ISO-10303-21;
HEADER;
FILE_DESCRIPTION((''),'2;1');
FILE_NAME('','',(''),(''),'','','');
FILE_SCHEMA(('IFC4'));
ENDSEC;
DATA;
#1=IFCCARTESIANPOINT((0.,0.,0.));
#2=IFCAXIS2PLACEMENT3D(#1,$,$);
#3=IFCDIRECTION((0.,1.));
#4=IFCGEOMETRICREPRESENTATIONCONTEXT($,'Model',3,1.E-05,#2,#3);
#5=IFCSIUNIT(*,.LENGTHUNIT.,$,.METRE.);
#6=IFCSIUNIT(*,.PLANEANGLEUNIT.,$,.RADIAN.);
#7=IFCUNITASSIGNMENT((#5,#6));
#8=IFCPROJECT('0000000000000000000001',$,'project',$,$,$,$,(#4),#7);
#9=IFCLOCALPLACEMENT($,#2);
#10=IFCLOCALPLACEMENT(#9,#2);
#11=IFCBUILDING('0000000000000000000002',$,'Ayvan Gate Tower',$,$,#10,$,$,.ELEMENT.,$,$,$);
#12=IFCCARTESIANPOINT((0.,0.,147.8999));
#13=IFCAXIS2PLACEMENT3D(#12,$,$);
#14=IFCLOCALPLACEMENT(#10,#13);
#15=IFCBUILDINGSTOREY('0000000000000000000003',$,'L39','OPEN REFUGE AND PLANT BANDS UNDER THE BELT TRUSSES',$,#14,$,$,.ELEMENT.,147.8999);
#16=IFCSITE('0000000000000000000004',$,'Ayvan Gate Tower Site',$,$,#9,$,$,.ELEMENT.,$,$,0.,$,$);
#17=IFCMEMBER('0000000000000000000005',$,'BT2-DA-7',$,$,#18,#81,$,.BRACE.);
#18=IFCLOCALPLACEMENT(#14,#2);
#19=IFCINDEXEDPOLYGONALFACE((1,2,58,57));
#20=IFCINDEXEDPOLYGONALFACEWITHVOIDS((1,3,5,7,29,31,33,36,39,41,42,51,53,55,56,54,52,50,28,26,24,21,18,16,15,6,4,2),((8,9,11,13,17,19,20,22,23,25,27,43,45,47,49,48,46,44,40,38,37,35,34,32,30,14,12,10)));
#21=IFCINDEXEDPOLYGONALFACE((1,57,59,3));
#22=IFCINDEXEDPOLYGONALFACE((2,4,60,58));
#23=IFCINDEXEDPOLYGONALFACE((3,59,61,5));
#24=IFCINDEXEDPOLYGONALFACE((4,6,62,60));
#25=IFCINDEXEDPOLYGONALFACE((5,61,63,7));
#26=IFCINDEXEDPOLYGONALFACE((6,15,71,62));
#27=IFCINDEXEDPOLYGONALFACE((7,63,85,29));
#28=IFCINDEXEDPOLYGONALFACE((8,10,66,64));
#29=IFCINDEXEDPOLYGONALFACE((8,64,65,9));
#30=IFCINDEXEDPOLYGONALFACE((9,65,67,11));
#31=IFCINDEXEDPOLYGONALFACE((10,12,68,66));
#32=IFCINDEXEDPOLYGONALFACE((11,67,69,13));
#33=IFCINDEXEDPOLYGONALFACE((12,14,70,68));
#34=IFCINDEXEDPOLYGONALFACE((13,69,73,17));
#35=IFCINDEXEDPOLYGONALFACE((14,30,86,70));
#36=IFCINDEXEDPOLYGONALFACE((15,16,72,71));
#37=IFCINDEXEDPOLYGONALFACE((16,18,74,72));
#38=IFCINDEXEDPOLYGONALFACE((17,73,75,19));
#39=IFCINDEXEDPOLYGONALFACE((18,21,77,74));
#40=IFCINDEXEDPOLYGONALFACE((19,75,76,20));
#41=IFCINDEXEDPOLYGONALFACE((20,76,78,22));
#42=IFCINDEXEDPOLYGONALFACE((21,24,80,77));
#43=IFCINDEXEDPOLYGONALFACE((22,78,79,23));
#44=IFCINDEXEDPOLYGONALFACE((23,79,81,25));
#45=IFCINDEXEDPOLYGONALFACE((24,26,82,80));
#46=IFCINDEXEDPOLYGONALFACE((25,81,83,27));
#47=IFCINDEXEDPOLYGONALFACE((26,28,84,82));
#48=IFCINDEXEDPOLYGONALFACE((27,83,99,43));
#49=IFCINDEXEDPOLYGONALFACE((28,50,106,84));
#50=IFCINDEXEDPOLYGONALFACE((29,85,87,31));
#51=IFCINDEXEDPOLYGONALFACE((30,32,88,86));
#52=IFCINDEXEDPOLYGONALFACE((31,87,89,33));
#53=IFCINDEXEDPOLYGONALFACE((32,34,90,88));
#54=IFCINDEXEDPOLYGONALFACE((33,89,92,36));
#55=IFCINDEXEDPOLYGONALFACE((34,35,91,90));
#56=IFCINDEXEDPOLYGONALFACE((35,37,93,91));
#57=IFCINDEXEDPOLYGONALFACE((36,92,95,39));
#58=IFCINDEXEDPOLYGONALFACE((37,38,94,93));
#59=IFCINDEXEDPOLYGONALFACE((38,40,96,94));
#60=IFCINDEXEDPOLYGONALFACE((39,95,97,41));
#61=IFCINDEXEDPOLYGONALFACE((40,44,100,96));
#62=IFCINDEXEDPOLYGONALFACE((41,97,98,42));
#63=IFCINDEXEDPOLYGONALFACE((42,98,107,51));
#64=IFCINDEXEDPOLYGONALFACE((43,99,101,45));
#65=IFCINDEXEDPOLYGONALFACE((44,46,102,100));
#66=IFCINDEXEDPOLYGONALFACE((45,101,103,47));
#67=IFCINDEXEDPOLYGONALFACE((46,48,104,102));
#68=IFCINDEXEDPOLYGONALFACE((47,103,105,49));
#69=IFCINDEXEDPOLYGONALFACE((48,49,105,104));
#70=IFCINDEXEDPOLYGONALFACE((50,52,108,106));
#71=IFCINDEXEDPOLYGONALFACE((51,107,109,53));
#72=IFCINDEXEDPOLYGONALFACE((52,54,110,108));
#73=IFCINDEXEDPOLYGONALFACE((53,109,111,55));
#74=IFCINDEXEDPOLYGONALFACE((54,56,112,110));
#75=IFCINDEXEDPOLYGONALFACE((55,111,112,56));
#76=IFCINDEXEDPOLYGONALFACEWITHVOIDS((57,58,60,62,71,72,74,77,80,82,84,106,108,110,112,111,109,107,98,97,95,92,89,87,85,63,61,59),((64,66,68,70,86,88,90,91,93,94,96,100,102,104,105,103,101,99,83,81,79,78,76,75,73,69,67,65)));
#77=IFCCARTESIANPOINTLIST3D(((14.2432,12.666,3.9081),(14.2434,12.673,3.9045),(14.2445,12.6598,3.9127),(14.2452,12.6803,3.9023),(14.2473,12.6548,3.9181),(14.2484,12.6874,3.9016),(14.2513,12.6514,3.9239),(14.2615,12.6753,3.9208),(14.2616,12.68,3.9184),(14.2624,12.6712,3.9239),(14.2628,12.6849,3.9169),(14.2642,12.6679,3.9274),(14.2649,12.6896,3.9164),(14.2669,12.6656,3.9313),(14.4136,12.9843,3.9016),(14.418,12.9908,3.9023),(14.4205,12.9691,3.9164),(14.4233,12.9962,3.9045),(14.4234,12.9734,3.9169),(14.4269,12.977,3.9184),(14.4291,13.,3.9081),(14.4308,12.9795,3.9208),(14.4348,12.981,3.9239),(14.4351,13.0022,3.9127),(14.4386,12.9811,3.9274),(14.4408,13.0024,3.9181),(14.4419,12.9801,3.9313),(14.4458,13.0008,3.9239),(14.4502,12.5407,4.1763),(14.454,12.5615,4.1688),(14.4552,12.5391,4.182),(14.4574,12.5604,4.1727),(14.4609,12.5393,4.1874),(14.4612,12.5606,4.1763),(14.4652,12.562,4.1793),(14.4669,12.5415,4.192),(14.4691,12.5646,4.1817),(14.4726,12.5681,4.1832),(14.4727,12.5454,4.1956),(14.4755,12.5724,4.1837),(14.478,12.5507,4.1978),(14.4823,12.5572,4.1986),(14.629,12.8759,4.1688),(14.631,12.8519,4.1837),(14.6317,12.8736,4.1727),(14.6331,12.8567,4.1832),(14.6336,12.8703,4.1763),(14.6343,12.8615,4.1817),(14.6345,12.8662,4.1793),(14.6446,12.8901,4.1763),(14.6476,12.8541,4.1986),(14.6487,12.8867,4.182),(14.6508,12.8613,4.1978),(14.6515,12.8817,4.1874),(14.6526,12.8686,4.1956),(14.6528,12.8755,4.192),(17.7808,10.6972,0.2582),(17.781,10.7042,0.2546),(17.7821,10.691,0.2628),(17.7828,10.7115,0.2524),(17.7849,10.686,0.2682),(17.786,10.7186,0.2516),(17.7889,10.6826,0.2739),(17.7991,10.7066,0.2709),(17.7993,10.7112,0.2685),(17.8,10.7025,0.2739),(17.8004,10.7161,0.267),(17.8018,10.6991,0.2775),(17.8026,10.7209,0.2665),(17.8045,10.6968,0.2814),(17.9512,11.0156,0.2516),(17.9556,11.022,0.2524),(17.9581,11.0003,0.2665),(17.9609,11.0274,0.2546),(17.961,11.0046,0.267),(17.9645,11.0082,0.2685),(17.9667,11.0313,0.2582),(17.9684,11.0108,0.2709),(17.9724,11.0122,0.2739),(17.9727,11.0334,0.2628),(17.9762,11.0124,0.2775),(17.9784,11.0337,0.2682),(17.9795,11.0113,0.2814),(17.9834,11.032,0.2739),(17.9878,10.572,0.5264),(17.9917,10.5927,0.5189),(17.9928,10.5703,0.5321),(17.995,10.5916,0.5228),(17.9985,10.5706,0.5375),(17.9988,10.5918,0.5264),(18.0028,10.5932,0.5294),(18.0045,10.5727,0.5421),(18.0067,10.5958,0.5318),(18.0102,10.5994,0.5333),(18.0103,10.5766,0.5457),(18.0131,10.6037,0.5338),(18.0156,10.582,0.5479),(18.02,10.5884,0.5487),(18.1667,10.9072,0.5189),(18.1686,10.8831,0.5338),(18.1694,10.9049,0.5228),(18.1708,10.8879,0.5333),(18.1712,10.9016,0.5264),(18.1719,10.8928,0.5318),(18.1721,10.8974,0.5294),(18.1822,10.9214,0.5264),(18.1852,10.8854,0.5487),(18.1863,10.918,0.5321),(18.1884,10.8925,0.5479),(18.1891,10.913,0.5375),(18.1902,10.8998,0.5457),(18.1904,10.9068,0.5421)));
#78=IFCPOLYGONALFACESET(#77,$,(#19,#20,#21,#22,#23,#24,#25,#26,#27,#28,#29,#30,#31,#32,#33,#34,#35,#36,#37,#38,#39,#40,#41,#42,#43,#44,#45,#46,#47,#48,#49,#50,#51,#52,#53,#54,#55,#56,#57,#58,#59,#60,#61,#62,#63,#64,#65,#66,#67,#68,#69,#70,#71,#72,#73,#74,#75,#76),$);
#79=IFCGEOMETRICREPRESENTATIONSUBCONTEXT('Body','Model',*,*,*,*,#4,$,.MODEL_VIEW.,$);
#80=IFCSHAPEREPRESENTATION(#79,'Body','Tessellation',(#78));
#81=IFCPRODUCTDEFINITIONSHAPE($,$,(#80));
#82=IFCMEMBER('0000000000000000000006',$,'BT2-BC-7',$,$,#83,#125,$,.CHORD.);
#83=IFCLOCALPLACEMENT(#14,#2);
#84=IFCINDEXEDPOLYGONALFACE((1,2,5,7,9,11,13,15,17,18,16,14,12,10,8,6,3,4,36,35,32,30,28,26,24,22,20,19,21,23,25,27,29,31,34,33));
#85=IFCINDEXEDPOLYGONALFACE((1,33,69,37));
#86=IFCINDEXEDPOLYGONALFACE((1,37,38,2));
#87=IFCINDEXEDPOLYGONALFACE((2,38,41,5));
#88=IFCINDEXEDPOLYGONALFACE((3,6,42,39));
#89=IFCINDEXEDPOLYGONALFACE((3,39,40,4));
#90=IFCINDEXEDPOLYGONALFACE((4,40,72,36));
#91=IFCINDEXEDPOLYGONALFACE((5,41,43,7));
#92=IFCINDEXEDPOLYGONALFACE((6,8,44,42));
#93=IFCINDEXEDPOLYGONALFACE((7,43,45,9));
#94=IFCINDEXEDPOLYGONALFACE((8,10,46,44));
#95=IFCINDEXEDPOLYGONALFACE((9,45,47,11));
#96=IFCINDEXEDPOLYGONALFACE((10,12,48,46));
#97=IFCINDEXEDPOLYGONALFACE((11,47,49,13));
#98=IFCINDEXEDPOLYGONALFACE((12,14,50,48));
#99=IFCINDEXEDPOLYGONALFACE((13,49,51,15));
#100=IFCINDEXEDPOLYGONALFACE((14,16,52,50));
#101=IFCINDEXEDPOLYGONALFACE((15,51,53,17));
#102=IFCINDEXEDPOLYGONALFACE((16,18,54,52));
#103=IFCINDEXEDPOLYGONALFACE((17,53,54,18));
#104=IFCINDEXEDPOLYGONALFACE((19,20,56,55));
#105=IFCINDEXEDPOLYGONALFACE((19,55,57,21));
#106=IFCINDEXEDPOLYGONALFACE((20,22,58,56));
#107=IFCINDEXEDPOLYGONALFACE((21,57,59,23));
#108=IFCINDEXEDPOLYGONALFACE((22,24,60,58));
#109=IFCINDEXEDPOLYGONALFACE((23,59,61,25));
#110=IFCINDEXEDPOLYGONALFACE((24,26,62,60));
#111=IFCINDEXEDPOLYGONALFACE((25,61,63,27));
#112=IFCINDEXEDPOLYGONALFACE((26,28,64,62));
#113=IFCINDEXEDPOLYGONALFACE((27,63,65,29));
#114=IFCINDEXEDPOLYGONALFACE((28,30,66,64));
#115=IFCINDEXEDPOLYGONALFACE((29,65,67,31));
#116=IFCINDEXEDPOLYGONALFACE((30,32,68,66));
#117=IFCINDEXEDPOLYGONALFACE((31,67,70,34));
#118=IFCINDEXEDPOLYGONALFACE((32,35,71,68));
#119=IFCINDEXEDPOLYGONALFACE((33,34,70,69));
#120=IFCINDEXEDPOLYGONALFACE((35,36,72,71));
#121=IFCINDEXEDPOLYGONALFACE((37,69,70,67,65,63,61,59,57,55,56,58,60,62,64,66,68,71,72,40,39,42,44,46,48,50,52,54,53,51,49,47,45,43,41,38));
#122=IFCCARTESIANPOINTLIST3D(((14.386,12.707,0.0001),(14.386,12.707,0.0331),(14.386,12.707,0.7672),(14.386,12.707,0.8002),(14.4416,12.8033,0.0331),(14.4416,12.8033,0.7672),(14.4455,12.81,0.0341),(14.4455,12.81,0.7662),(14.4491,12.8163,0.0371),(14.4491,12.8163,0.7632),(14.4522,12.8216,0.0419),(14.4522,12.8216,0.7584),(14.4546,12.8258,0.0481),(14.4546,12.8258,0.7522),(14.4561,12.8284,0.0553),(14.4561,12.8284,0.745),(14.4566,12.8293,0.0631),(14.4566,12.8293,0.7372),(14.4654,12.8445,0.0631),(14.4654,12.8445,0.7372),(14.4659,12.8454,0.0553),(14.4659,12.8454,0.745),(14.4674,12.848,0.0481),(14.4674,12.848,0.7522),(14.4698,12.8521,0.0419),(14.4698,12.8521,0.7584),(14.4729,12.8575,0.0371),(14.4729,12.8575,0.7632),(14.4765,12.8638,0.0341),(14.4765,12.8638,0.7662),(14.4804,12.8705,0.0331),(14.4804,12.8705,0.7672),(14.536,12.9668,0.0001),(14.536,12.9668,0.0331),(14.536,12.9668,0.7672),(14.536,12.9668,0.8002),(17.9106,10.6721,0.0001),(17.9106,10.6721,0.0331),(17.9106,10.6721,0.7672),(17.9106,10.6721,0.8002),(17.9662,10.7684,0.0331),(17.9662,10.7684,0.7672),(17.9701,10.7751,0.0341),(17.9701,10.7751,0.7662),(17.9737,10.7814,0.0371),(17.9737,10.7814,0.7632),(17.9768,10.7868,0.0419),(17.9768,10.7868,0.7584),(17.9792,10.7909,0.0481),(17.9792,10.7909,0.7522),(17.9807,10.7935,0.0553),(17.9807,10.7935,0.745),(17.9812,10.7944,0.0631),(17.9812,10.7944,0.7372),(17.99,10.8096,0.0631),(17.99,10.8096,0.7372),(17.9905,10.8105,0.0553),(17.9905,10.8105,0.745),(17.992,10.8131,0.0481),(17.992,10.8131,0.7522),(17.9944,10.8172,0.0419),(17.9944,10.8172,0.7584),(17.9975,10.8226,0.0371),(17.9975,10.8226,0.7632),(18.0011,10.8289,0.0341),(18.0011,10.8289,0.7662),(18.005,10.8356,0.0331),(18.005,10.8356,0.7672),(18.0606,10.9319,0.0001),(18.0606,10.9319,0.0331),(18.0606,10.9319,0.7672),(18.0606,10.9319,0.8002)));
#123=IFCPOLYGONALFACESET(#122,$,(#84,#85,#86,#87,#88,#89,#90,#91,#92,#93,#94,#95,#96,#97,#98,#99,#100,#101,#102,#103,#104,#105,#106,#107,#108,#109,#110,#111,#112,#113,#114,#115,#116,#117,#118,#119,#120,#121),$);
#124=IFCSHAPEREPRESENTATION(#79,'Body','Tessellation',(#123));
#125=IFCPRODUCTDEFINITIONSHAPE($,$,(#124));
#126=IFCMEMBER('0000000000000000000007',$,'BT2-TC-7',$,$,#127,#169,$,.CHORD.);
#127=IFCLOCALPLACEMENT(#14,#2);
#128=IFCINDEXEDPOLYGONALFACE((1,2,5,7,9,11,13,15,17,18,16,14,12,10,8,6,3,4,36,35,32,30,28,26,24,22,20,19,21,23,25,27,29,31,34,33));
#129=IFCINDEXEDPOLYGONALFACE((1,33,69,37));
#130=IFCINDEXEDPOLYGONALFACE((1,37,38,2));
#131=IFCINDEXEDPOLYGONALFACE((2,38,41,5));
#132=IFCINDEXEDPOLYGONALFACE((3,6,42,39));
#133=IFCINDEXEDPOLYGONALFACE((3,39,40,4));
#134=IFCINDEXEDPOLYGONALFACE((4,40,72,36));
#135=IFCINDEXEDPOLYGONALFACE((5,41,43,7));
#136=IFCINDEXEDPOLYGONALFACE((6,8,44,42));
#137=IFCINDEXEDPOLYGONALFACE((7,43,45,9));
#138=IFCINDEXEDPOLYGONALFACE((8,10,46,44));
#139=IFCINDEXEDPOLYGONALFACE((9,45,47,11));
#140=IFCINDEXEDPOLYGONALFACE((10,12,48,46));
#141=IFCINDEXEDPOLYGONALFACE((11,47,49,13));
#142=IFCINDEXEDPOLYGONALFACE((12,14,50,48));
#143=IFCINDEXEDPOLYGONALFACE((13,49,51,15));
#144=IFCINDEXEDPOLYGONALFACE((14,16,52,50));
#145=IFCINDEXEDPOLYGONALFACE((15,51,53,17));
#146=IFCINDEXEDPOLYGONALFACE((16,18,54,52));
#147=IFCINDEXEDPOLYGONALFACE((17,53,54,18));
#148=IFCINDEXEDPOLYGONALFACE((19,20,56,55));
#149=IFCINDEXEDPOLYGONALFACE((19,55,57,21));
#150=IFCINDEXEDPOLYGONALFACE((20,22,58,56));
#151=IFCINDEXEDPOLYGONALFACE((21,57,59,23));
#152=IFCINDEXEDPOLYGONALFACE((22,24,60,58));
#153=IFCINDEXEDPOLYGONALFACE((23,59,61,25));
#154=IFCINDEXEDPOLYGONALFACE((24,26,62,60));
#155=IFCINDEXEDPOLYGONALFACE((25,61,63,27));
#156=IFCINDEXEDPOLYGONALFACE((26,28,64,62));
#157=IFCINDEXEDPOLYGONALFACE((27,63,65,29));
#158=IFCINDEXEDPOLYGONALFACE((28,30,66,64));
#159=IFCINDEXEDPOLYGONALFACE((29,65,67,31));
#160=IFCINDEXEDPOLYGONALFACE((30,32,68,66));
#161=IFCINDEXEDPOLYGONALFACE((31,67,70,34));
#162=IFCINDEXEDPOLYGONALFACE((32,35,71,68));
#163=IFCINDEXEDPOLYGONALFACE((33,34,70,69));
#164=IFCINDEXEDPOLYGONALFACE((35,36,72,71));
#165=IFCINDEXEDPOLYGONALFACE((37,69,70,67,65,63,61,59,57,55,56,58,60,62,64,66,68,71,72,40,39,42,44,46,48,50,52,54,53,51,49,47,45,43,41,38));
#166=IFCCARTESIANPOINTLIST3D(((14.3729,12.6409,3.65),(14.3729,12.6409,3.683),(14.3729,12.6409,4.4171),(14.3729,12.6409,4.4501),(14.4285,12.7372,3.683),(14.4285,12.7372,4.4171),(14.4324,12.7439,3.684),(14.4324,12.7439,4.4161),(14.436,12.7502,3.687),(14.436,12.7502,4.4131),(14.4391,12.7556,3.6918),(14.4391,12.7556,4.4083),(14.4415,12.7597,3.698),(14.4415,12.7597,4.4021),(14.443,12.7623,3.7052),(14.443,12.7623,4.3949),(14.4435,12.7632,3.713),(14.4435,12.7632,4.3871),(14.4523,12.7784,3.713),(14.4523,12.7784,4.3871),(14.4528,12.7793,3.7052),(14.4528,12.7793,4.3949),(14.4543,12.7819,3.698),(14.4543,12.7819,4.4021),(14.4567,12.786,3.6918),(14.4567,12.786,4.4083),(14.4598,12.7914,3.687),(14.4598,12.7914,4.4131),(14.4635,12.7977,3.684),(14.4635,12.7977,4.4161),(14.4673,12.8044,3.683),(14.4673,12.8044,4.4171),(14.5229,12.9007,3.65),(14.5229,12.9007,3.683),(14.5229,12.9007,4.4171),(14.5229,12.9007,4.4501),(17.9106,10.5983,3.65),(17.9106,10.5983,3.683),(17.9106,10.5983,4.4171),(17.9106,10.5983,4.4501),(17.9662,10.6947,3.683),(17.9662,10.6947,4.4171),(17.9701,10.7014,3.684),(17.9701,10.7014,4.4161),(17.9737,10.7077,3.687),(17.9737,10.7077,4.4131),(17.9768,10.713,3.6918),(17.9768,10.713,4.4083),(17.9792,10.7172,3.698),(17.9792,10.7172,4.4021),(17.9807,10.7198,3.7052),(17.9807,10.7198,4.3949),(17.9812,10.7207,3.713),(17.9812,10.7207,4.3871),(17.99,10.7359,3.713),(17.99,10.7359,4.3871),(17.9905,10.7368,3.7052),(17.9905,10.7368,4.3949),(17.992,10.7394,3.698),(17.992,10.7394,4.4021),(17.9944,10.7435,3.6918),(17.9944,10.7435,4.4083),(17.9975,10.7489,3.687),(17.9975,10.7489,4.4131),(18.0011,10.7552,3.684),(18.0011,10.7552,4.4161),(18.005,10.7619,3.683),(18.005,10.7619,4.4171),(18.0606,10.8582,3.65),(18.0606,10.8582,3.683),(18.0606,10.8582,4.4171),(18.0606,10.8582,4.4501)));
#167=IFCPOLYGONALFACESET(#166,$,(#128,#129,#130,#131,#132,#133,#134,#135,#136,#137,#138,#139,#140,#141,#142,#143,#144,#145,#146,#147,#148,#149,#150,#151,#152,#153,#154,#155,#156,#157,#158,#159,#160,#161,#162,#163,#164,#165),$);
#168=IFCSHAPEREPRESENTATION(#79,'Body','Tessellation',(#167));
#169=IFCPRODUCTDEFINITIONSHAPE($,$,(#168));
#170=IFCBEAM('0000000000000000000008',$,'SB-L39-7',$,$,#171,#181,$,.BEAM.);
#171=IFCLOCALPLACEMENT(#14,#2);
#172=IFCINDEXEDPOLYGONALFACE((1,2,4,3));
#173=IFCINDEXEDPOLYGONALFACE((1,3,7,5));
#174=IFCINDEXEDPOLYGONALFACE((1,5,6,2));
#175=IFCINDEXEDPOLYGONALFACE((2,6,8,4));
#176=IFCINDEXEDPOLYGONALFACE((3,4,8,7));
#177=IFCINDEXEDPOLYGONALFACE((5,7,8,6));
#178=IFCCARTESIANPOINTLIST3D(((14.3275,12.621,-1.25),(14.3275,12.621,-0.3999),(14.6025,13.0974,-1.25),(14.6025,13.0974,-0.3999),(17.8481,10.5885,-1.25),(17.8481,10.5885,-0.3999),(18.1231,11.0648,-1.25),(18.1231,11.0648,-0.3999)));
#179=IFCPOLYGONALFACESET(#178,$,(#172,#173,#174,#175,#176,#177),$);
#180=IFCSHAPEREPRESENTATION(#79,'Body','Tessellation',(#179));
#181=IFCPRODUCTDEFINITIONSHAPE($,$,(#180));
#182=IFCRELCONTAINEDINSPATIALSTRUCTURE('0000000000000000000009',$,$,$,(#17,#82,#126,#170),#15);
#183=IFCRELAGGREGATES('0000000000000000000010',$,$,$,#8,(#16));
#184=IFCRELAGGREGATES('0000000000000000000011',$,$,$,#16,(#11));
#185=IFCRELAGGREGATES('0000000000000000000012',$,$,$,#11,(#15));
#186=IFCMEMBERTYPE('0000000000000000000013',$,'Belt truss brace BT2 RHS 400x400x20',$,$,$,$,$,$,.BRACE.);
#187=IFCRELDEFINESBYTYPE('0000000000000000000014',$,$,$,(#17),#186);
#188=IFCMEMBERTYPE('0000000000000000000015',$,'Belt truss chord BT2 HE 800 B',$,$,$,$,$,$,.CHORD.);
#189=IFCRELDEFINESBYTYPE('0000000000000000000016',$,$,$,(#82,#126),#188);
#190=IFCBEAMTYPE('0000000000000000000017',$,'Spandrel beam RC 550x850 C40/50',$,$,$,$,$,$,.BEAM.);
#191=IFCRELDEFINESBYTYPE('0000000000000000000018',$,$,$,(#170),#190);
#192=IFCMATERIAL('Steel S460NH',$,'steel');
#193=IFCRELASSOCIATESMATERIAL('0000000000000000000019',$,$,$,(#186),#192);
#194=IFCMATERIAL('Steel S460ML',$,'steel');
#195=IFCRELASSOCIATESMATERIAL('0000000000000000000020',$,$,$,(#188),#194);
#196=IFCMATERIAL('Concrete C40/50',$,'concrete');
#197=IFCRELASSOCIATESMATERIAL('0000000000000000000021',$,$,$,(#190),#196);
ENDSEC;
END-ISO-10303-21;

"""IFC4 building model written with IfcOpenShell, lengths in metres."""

from ifc_helpers import new_model, si_unit, direction, frame, origin, origin_2d, place, context, subcontext, project, spatial, rectangle, hollow_rectangle, i_section, extrude, material, material_profile, profile_set, type_object, element, save


model = new_model("IFC4")

# Units and contexts
model_context = context("Model", 3, precision=1e-05, world=origin(), true_north=direction((0.0, 1.0)))
body_context = subcontext(model_context, "Body", "Model", "MODEL_VIEW")
ifc_project = project(units=[si_unit("LENGTHUNIT", "METRE"), si_unit("PLANEANGLEUNIT", "RADIAN")], contexts=[model_context])

# Site, building, storey
site_placement = place(None, origin())
site = spatial("IfcSite", under=ifc_project, at=site_placement, Name="Ayvan Gate Tower Site", CompositionType="ELEMENT", RefElevation=0.0)
building_placement = place(site_placement, origin())
building = spatial("IfcBuilding", under=site, at=building_placement, Name="Ayvan Gate Tower", CompositionType="ELEMENT")
storey_placement = place(building_placement, frame((0.0, 0.0, 147.8999)))
storey = spatial("IfcBuildingStorey", under=building, at=storey_placement, Name="L39", Description="OPEN REFUGE AND PLANT BANDS UNDER THE BELT TRUSSES", CompositionType="ELEMENT", Elevation=147.8999)

# Members
ifc_material_1 = material(Name="Steel S460NH", Category="steel")
ifc_material_profile_1 = material_profile(ifc_material_1, hollow_rectangle(XDim=0.3999, YDim=0.3999, WallThickness=0.02, InnerFilletRadius=0.02, OuterFilletRadius=0.03, at=origin_2d()), Name="RHS 400x400x20")
ifc_profile_set_1 = profile_set([ifc_material_profile_1], Name="Steel S460NH")
member_type_1 = type_object("IfcMemberType", Name="Belt truss brace BT2 RHS 400x400x20", PredefinedType="BRACE", material=ifc_profile_set_1)
member_1_placement = place(storey_placement, frame((17.9856, 10.802, 0.4001), z_axis=(-0.648993, 0.361179, 0.669596), x_axis=(-0.486288, -0.873799, 0.0)))
element("IfcMember", 1, at=member_1_placement, inside=storey, type_object=member_type_1, Name="BT2-DA-7", PredefinedType="BRACE", context=body_context, shape_type="SweptSolid", body=[
    extrude(hollow_rectangle(XDim=0.3999, YDim=0.3999, WallThickness=0.02, InnerFilletRadius=0.02, OuterFilletRadius=0.03, at=origin_2d()), origin(), (0.0, 0.0, 1.0), 5.4509),
])
ifc_material_2 = material(Name="Steel S460ML", Category="steel")
ifc_material_profile_2 = material_profile(ifc_material_2, i_section(OverallWidth=0.3, OverallDepth=0.8, WebThickness=0.0176, FlangeThickness=0.033, FilletRadius=0.03, at=origin_2d()), Name="HE 800 B")
ifc_profile_set_2 = profile_set([ifc_material_profile_2], Name="Steel S460ML")
member_type_2 = type_object("IfcMemberType", Name="Belt truss chord BT2 HE 800 B", PredefinedType="CHORD", material=ifc_profile_set_2)
member_2_placement = place(storey_placement, frame((17.9856, 10.802, 0.4001), z_axis=(-0.866031, 0.499991, 0.0), x_axis=(-0.499991, -0.866031, 0.0)))
element("IfcMember", 2, at=member_2_placement, inside=storey, type_object=member_type_2, Name="BT2-BC-7", PredefinedType="CHORD", context=body_context, shape_type="SweptSolid", body=[
    extrude(i_section(OverallWidth=0.3, OverallDepth=0.8, WebThickness=0.0176, FlangeThickness=0.033, FilletRadius=0.03, at=origin_2d()), origin(), (0.0, 0.0, 1.0), 4.0698),
])
member_3_placement = place(storey_placement, frame((17.9856, 10.7283, 4.05), z_axis=(-0.86602, 0.500009, 0.0), x_axis=(-0.500009, -0.86602, 0.0)))
element("IfcMember", 3, at=member_3_placement, inside=storey, type_object=member_type_2, Name="BT2-TC-7", PredefinedType="CHORD", context=body_context, shape_type="SweptSolid", body=[
    extrude(i_section(OverallWidth=0.3, OverallDepth=0.8, WebThickness=0.0176, FlangeThickness=0.033, FilletRadius=0.03, at=origin_2d()), origin(), (0.0, 0.0, 1.0), 4.085),
])

# Beam
ifc_material_3 = material(Name="Concrete C40/50", Category="concrete")
ifc_material_profile_3 = material_profile(ifc_material_3, rectangle(XDim=0.55, YDim=0.8501, at=origin_2d()), Name="RC 550x850")
ifc_profile_set_3 = profile_set([ifc_material_profile_3], Name="Concrete C40/50")
beam_type_1 = type_object("IfcBeamType", Name="Spandrel beam RC 550x850 C40/50", PredefinedType="BEAM", material=ifc_profile_set_3)
beam_1_placement = place(storey_placement, frame((17.9856, 10.8267, -0.825), z_axis=(-0.866036, 0.499982, 0.0), x_axis=(-0.499982, -0.866036, 0.0)))
element("IfcBeam", 4, at=beam_1_placement, inside=storey, type_object=beam_type_1, Name="SB-L39-7", PredefinedType="BEAM", context=body_context, shape_type="SweptSolid", body=[
    extrude(rectangle(XDim=0.55, YDim=0.8501, at=origin_2d()), origin(), (0.0, 0.0, 1.0), 4.0652),
])

save(model, "model.ifc")
